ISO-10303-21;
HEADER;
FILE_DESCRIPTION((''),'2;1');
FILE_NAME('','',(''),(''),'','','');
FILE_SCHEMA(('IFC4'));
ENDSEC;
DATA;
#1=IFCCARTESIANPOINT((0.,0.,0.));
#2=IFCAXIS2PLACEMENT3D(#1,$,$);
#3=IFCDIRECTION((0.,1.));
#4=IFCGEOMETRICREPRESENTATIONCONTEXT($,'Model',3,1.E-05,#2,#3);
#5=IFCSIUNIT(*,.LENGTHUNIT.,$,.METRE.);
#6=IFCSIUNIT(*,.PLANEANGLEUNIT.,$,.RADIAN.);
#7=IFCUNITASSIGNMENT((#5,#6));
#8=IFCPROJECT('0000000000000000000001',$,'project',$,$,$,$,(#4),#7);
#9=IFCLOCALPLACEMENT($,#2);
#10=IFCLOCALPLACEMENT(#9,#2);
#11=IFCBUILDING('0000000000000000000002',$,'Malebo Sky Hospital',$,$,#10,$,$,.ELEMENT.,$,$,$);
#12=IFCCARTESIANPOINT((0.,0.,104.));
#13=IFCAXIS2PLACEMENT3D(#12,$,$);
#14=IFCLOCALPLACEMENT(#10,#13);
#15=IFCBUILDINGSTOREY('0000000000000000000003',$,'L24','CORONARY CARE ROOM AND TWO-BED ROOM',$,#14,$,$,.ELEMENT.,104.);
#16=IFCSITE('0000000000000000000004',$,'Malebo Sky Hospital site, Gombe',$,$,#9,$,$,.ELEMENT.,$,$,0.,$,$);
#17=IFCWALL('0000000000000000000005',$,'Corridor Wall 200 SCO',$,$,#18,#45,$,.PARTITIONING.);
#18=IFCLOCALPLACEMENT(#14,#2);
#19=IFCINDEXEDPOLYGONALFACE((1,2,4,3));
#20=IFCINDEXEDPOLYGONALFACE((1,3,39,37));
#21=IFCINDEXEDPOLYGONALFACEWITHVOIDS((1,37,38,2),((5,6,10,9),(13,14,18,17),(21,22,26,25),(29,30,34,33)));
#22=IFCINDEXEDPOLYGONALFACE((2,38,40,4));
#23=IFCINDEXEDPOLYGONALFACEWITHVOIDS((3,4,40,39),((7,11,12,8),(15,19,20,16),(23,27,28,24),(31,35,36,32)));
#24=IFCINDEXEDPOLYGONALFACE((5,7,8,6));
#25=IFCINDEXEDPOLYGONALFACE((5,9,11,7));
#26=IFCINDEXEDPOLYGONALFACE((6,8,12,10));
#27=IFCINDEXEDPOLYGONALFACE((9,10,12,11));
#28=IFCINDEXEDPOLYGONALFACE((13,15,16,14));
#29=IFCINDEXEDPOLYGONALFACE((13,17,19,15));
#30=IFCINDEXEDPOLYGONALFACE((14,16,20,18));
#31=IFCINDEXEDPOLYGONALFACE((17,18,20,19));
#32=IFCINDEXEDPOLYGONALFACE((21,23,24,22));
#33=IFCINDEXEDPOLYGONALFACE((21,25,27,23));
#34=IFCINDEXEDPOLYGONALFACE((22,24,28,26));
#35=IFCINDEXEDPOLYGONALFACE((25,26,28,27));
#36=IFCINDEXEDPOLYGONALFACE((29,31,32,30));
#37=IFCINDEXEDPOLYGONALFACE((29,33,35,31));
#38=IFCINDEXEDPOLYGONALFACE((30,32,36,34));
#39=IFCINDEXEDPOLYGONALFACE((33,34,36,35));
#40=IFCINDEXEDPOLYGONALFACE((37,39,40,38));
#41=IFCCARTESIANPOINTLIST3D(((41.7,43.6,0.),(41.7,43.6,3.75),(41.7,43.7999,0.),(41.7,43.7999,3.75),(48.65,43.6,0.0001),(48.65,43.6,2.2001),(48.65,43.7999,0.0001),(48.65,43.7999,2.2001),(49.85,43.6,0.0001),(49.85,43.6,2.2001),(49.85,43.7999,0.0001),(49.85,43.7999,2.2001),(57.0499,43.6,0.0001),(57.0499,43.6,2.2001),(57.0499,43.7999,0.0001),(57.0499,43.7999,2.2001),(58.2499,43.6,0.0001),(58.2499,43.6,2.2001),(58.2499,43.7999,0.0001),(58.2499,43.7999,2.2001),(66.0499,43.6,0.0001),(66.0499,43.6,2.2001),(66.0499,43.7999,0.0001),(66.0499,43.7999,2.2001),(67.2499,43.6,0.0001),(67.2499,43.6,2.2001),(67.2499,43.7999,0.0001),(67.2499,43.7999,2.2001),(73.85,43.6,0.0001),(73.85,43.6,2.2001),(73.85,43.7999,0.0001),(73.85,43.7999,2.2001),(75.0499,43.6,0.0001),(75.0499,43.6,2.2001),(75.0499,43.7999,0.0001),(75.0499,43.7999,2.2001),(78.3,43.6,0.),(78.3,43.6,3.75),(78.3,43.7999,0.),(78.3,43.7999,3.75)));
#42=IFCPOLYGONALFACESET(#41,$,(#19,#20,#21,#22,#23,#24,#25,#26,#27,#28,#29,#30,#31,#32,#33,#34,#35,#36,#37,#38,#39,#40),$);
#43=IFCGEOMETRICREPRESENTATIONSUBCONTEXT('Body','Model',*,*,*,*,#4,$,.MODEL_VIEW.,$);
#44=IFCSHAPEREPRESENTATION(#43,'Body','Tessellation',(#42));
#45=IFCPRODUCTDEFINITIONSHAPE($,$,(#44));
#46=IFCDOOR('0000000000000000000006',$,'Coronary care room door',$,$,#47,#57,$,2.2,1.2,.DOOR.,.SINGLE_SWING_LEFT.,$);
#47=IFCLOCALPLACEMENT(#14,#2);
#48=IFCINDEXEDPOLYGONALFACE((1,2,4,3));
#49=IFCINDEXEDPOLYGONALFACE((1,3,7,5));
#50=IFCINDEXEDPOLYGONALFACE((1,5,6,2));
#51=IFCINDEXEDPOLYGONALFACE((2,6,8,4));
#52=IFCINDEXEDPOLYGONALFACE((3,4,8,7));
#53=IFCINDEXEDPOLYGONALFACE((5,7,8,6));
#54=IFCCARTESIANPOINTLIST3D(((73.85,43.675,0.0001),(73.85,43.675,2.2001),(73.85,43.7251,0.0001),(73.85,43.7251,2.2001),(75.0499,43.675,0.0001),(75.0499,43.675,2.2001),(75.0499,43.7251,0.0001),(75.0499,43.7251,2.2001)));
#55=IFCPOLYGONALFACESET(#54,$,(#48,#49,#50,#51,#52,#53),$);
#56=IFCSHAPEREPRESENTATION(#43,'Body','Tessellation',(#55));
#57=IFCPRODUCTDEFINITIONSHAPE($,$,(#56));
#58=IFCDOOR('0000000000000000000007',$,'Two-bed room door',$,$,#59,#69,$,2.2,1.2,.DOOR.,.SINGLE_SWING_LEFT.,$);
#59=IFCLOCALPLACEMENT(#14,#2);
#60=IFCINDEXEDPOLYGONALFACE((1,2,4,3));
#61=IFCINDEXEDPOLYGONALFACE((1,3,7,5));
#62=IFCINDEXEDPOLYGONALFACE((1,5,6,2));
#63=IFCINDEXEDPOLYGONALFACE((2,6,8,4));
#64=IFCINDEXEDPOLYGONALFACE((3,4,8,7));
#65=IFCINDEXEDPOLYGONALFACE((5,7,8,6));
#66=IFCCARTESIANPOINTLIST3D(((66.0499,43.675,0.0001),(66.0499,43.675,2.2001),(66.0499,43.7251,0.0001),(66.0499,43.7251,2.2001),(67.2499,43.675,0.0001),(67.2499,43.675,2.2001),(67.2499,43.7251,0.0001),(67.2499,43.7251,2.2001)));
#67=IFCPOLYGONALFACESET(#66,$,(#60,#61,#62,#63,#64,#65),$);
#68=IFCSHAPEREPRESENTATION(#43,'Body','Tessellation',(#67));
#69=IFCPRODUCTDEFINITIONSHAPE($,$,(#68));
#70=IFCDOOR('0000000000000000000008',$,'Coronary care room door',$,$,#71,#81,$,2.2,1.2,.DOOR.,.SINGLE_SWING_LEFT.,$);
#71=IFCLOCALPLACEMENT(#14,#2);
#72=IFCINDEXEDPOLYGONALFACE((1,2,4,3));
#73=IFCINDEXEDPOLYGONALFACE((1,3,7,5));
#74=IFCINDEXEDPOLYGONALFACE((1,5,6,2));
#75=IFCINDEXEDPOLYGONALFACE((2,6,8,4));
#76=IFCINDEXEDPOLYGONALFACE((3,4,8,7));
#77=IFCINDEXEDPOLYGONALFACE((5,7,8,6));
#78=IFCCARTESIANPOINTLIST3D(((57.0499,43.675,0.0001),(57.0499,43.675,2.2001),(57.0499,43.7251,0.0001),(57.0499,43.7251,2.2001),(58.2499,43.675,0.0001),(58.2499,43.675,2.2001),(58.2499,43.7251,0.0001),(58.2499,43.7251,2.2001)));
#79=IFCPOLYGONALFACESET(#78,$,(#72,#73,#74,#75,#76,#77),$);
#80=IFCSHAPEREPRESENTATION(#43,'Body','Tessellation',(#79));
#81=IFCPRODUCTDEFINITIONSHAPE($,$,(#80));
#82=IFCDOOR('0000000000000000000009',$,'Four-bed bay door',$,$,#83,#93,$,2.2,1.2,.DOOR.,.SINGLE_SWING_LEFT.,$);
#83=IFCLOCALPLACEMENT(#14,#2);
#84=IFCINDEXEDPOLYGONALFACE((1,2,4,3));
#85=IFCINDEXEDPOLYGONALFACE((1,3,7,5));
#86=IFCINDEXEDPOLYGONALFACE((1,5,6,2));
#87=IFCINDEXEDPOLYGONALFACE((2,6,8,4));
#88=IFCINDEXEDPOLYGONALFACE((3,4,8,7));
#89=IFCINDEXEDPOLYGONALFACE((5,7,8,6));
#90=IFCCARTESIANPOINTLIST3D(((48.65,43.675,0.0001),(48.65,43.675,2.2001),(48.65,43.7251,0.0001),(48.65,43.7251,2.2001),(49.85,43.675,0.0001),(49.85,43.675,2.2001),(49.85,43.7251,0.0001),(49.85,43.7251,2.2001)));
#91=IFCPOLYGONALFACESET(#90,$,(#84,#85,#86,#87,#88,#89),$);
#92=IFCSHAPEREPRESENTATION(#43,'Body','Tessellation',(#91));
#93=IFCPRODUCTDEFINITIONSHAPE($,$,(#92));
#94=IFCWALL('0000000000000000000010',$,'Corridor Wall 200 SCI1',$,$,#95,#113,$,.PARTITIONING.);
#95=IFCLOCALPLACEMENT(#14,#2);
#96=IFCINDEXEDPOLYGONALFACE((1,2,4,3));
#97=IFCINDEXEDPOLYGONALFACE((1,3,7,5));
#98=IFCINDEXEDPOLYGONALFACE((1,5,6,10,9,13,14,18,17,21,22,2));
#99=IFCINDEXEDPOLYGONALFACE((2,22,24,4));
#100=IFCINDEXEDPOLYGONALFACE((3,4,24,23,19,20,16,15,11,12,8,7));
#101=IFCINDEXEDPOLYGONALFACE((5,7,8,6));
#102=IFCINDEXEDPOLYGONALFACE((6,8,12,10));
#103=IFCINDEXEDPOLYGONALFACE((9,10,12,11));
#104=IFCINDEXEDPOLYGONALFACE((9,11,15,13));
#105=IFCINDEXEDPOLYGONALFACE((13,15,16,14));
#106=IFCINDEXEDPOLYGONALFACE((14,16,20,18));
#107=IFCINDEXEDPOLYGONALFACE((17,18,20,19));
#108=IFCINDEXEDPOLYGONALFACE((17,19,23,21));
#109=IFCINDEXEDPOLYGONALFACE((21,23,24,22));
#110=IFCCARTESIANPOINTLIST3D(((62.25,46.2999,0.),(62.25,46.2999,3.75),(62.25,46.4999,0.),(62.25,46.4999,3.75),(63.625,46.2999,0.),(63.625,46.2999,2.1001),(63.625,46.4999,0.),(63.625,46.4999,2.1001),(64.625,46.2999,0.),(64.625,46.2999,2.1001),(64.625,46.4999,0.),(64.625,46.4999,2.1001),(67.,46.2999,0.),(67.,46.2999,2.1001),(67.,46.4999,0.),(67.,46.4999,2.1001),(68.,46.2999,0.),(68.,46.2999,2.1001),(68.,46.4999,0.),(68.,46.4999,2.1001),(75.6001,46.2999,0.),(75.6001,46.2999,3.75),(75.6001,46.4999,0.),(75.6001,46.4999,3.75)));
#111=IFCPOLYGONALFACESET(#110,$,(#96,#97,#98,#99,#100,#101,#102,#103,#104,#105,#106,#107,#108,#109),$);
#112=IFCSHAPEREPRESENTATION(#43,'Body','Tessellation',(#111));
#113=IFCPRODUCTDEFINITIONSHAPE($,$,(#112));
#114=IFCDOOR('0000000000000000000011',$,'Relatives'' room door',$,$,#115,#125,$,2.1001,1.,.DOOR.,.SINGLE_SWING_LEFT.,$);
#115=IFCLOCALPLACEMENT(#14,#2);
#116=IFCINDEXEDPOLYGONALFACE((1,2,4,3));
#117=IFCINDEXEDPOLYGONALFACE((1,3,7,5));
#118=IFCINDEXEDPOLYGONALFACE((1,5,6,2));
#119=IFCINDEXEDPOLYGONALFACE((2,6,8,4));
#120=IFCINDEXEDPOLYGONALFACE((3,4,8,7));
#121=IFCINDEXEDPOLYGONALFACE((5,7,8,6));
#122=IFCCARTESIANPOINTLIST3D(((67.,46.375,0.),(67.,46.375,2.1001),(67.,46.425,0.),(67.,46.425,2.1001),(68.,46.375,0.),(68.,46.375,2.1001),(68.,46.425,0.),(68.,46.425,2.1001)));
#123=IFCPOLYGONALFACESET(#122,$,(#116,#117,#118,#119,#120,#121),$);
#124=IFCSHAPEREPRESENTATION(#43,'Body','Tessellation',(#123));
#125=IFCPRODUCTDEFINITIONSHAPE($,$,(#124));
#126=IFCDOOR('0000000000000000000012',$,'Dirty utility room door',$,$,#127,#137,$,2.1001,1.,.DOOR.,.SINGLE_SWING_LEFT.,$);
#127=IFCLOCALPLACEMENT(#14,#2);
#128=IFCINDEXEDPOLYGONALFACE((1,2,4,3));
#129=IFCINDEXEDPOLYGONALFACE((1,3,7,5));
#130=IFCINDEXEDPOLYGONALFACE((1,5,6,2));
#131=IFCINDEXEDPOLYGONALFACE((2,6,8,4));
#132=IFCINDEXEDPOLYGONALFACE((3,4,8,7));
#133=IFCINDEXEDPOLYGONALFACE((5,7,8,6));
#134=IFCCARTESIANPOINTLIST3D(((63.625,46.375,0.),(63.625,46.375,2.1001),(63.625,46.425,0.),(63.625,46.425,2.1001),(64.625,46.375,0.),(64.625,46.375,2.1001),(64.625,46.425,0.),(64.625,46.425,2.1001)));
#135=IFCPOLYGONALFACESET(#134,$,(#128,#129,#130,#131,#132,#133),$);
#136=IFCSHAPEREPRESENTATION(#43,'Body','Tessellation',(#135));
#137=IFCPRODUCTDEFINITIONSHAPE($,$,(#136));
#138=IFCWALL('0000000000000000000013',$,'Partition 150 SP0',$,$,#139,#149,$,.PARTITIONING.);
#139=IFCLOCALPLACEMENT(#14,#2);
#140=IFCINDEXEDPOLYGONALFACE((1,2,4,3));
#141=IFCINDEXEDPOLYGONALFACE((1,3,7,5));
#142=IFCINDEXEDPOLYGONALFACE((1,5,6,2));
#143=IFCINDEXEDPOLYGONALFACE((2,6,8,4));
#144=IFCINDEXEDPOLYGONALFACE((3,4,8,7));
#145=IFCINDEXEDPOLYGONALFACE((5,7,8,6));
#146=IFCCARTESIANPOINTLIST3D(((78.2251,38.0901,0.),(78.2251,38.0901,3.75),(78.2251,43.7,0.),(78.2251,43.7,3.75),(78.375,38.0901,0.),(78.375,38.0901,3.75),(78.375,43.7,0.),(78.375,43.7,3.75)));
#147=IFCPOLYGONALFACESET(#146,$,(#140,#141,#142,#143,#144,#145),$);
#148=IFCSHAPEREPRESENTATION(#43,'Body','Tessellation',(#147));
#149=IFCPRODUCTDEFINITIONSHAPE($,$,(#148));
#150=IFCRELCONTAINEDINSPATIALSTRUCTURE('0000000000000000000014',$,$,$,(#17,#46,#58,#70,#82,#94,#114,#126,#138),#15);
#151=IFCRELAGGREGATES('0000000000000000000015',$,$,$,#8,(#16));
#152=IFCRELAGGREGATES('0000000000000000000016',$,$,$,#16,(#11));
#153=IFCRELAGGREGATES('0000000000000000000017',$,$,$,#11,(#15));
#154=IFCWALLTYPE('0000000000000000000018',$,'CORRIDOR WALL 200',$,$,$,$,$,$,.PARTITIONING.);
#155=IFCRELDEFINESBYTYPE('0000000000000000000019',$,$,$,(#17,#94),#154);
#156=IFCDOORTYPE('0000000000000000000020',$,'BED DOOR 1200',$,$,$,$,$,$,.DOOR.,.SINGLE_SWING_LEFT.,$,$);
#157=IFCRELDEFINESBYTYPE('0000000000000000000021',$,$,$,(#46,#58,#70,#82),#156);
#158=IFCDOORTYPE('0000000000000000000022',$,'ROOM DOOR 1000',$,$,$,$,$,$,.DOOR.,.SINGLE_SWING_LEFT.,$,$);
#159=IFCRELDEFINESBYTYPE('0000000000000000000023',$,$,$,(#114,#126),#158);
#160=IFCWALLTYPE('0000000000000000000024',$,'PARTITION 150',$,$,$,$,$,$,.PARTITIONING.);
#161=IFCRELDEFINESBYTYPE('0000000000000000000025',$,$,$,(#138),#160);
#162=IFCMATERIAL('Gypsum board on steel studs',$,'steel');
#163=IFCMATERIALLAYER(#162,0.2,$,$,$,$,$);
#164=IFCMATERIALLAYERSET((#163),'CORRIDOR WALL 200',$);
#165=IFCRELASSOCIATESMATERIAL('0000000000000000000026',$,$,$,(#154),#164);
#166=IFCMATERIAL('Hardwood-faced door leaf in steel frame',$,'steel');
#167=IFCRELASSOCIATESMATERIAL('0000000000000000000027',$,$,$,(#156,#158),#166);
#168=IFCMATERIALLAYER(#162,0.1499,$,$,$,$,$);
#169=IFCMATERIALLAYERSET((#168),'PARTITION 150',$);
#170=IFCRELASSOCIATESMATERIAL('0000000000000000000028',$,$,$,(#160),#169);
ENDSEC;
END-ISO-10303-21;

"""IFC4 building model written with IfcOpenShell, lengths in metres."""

from ifc_helpers import new_model, si_unit, direction, frame, frame_2d, origin, place, context, subcontext, project, spatial, rectangle, extrude, material, layer, layer_set, type_object, element, fill, save


model = new_model("IFC4")

# Units and contexts
model_context = context("Model", 3, precision=1e-05, world=origin(), true_north=direction((0.0, 1.0)))
body_context = subcontext(model_context, "Body", "Model", "MODEL_VIEW")
ifc_project = project(units=[si_unit("LENGTHUNIT", "METRE"), si_unit("PLANEANGLEUNIT", "RADIAN")], contexts=[model_context])

# Site, building, storey
site_placement = place(None, origin())
site = spatial("IfcSite", under=ifc_project, at=site_placement, Name="Malebo Sky Hospital site, Gombe", CompositionType="ELEMENT", RefElevation=0.0)
building_placement = place(site_placement, origin())
building = spatial("IfcBuilding", under=site, at=building_placement, Name="Malebo Sky Hospital", CompositionType="ELEMENT")
storey_placement = place(building_placement, frame((0.0, 0.0, 104.0)))
storey = spatial("IfcBuildingStorey", under=building, at=storey_placement, Name="L24", Description="CORONARY CARE ROOM AND TWO-BED ROOM", CompositionType="ELEMENT", Elevation=104.0)

# Walls, openings, doors
ifc_material_1 = material(Name="Gypsum board on steel studs", Category="steel")
ifc_layer_1 = layer(ifc_material_1, 0.2)
ifc_layer_set_1 = layer_set([ifc_layer_1], Name="CORRIDOR WALL 200")
wall_type_1 = type_object("IfcWallType", Name="CORRIDOR WALL 200", PredefinedType="PARTITIONING", material=ifc_layer_set_1)
wall_1_placement = place(storey_placement, frame((78.3, 43.7, 0.0), z_axis=(0.0, 0.0, 1.0), x_axis=(-1.0, 0.0, 0.0)))
wall_1 = element("IfcWall", 1, at=wall_1_placement, inside=storey, type_object=wall_type_1, Name="Corridor Wall 200 SCO", PredefinedType="PARTITIONING", context=body_context, shape_type="SweptSolid", body=[
    extrude(rectangle(XDim=36.6001, YDim=0.2, at=frame_2d((18.3, 0.0))), origin(), (0.0, 0.0, 1.0), 3.75),
])
opening_1_placement = place(wall_1_placement, frame((3.25, 0.0, 0.0)))
opening_1 = element("IfcOpeningElement", 2, at=opening_1_placement, cuts=wall_1, PredefinedType="OPENING", context=body_context, shape_type="SweptSolid", body=[
    extrude(rectangle(XDim=1.2, YDim=2.2, at=frame_2d((0.6001, 1.1001))), frame((0.0, 0.1099, 0.0), z_axis=(0.0, -1.0, 0.0), x_axis=(1.0, 0.0, 0.0)), (0.0, 0.0, 1.0), 0.22),
])
opening_2_placement = place(wall_1_placement, frame((11.05, 0.0, 0.0)))
opening_2 = element("IfcOpeningElement", 3, at=opening_2_placement, cuts=wall_1, PredefinedType="OPENING", context=body_context, shape_type="SweptSolid", body=[
    extrude(rectangle(XDim=1.2, YDim=2.2, at=frame_2d((0.6001, 1.1001))), frame((0.0, 0.1099, 0.0), z_axis=(0.0, -1.0, 0.0), x_axis=(1.0, 0.0, 0.0)), (0.0, 0.0, 1.0), 0.22),
])
opening_3_placement = place(wall_1_placement, frame((20.05, 0.0, 0.0)))
opening_3 = element("IfcOpeningElement", 4, at=opening_3_placement, cuts=wall_1, PredefinedType="OPENING", context=body_context, shape_type="SweptSolid", body=[
    extrude(rectangle(XDim=1.2, YDim=2.2, at=frame_2d((0.6001, 1.1001))), frame((0.0, 0.1099, 0.0), z_axis=(0.0, -1.0, 0.0), x_axis=(1.0, 0.0, 0.0)), (0.0, 0.0, 1.0), 0.22),
])
opening_4_placement = place(wall_1_placement, frame((28.45, 0.0, 0.0)))
opening_4 = element("IfcOpeningElement", 5, at=opening_4_placement, cuts=wall_1, PredefinedType="OPENING", context=body_context, shape_type="SweptSolid", body=[
    extrude(rectangle(XDim=1.2, YDim=2.2, at=frame_2d((0.6001, 1.1001))), frame((0.0, 0.1099, 0.0), z_axis=(0.0, -1.0, 0.0), x_axis=(1.0, 0.0, 0.0)), (0.0, 0.0, 1.0), 0.22),
])
ifc_material_2 = material(Name="Hardwood-faced door leaf in steel frame", Category="steel")
door_type_1 = type_object("IfcDoorType", Name="BED DOOR 1200", OperationType="SINGLE_SWING_LEFT", PredefinedType="DOOR", material=ifc_material_2)
door_1_placement = place(opening_1_placement, origin())
door_1 = element("IfcDoor", 6, at=door_1_placement, inside=storey, type_object=door_type_1, Name="Coronary care room door", OperationType="SINGLE_SWING_LEFT", OverallHeight=2.2, OverallWidth=1.2, PredefinedType="DOOR", context=body_context, shape_type="SweptSolid", body=[
    extrude(rectangle(XDim=1.2, YDim=2.2, at=frame_2d((0.6001, 1.1001))), frame((0.0, 0.0249, 0.0), z_axis=(0.0, -1.0, 0.0), x_axis=(1.0, 0.0, 0.0)), (0.0, 0.0, 1.0), 0.05),
])
fill(opening_1, door_1)
door_2_placement = place(opening_2_placement, origin())
door_2 = element("IfcDoor", 7, at=door_2_placement, inside=storey, type_object=door_type_1, Name="Two-bed room door", OperationType="SINGLE_SWING_LEFT", OverallHeight=2.2, OverallWidth=1.2, PredefinedType="DOOR", context=body_context, shape_type="SweptSolid", body=[
    extrude(rectangle(XDim=1.2, YDim=2.2, at=frame_2d((0.6001, 1.1001))), frame((0.0, 0.0249, 0.0), z_axis=(0.0, -1.0, 0.0), x_axis=(1.0, 0.0, 0.0)), (0.0, 0.0, 1.0), 0.05),
])
fill(opening_2, door_2)
door_3_placement = place(opening_3_placement, origin())
door_3 = element("IfcDoor", 8, at=door_3_placement, inside=storey, type_object=door_type_1, Name="Coronary care room door", OperationType="SINGLE_SWING_LEFT", OverallHeight=2.2, OverallWidth=1.2, PredefinedType="DOOR", context=body_context, shape_type="SweptSolid", body=[
    extrude(rectangle(XDim=1.2, YDim=2.2, at=frame_2d((0.6001, 1.1001))), frame((0.0, 0.0249, 0.0), z_axis=(0.0, -1.0, 0.0), x_axis=(1.0, 0.0, 0.0)), (0.0, 0.0, 1.0), 0.05),
])
fill(opening_3, door_3)
door_4_placement = place(opening_4_placement, origin())
door_4 = element("IfcDoor", 9, at=door_4_placement, inside=storey, type_object=door_type_1, Name="Four-bed bay door", OperationType="SINGLE_SWING_LEFT", OverallHeight=2.2, OverallWidth=1.2, PredefinedType="DOOR", context=body_context, shape_type="SweptSolid", body=[
    extrude(rectangle(XDim=1.2, YDim=2.2, at=frame_2d((0.6001, 1.1001))), frame((0.0, 0.0249, 0.0), z_axis=(0.0, -1.0, 0.0), x_axis=(1.0, 0.0, 0.0)), (0.0, 0.0, 1.0), 0.05),
])
fill(opening_4, door_4)
wall_2_placement = place(storey_placement, frame((75.6001, 46.3999, 0.0), z_axis=(0.0, 0.0, 1.0), x_axis=(-1.0, 0.0, 0.0)))
wall_2 = element("IfcWall", 10, at=wall_2_placement, inside=storey, type_object=wall_type_1, Name="Corridor Wall 200 SCI1", PredefinedType="PARTITIONING", context=body_context, shape_type="SweptSolid", body=[
    extrude(rectangle(XDim=13.3501, YDim=0.2, at=frame_2d((6.675, 0.0))), origin(), (0.0, 0.0, 1.0), 3.75),
])
opening_5_placement = place(wall_2_placement, frame((7.6001, 0.0, 0.0)))
opening_5 = element("IfcOpeningElement", 11, at=opening_5_placement, cuts=wall_2, PredefinedType="OPENING", context=body_context, shape_type="SweptSolid", body=[
    extrude(rectangle(XDim=1.0, YDim=2.1001, at=frame_2d((0.5, 1.05))), frame((0.0, 0.1099, 0.0), z_axis=(0.0, -1.0, 0.0), x_axis=(1.0, 0.0, 0.0)), (0.0, 0.0, 1.0), 0.22),
])
opening_6_placement = place(wall_2_placement, frame((10.9751, 0.0, 0.0)))
opening_6 = element("IfcOpeningElement", 12, at=opening_6_placement, cuts=wall_2, PredefinedType="OPENING", context=body_context, shape_type="SweptSolid", body=[
    extrude(rectangle(XDim=1.0, YDim=2.1001, at=frame_2d((0.5, 1.05))), frame((0.0, 0.1099, 0.0), z_axis=(0.0, -1.0, 0.0), x_axis=(1.0, 0.0, 0.0)), (0.0, 0.0, 1.0), 0.22),
])
door_type_2 = type_object("IfcDoorType", Name="ROOM DOOR 1000", OperationType="SINGLE_SWING_LEFT", PredefinedType="DOOR", material=ifc_material_2)
door_5_placement = place(opening_5_placement, origin())
door_5 = element("IfcDoor", 13, at=door_5_placement, inside=storey, type_object=door_type_2, Name="Relatives' room door", OperationType="SINGLE_SWING_LEFT", OverallHeight=2.1001, OverallWidth=1.0, PredefinedType="DOOR", context=body_context, shape_type="SweptSolid", body=[
    extrude(rectangle(XDim=1.0, YDim=2.1001, at=frame_2d((0.5, 1.05))), frame((0.0, 0.0249, 0.0), z_axis=(0.0, -1.0, 0.0), x_axis=(1.0, 0.0, 0.0)), (0.0, 0.0, 1.0), 0.05),
])
fill(opening_5, door_5)
door_6_placement = place(opening_6_placement, origin())
door_6 = element("IfcDoor", 14, at=door_6_placement, inside=storey, type_object=door_type_2, Name="Dirty utility room door", OperationType="SINGLE_SWING_LEFT", OverallHeight=2.1001, OverallWidth=1.0, PredefinedType="DOOR", context=body_context, shape_type="SweptSolid", body=[
    extrude(rectangle(XDim=1.0, YDim=2.1001, at=frame_2d((0.5, 1.05))), frame((0.0, 0.0249, 0.0), z_axis=(0.0, -1.0, 0.0), x_axis=(1.0, 0.0, 0.0)), (0.0, 0.0, 1.0), 0.05),
])
fill(opening_6, door_6)

# Wall
ifc_layer_2 = layer(ifc_material_1, 0.1499)
ifc_layer_set_2 = layer_set([ifc_layer_2], Name="PARTITION 150")
wall_type_2 = type_object("IfcWallType", Name="PARTITION 150", PredefinedType="PARTITIONING", material=ifc_layer_set_2)
wall_3_placement = place(storey_placement, frame((78.3, 43.7, 0.0), z_axis=(0.0, 0.0, 1.0), x_axis=(0.0, -1.0, 0.0)))
element("IfcWall", 15, at=wall_3_placement, inside=storey, type_object=wall_type_2, Name="Partition 150 SP0", PredefinedType="PARTITIONING", context=body_context, shape_type="SweptSolid", body=[
    extrude(rectangle(XDim=5.6099, YDim=0.1499, at=frame_2d((2.8049, 0.0))), origin(), (0.0, 0.0, 1.0), 3.75),
])

save(model, "model.ifc")
